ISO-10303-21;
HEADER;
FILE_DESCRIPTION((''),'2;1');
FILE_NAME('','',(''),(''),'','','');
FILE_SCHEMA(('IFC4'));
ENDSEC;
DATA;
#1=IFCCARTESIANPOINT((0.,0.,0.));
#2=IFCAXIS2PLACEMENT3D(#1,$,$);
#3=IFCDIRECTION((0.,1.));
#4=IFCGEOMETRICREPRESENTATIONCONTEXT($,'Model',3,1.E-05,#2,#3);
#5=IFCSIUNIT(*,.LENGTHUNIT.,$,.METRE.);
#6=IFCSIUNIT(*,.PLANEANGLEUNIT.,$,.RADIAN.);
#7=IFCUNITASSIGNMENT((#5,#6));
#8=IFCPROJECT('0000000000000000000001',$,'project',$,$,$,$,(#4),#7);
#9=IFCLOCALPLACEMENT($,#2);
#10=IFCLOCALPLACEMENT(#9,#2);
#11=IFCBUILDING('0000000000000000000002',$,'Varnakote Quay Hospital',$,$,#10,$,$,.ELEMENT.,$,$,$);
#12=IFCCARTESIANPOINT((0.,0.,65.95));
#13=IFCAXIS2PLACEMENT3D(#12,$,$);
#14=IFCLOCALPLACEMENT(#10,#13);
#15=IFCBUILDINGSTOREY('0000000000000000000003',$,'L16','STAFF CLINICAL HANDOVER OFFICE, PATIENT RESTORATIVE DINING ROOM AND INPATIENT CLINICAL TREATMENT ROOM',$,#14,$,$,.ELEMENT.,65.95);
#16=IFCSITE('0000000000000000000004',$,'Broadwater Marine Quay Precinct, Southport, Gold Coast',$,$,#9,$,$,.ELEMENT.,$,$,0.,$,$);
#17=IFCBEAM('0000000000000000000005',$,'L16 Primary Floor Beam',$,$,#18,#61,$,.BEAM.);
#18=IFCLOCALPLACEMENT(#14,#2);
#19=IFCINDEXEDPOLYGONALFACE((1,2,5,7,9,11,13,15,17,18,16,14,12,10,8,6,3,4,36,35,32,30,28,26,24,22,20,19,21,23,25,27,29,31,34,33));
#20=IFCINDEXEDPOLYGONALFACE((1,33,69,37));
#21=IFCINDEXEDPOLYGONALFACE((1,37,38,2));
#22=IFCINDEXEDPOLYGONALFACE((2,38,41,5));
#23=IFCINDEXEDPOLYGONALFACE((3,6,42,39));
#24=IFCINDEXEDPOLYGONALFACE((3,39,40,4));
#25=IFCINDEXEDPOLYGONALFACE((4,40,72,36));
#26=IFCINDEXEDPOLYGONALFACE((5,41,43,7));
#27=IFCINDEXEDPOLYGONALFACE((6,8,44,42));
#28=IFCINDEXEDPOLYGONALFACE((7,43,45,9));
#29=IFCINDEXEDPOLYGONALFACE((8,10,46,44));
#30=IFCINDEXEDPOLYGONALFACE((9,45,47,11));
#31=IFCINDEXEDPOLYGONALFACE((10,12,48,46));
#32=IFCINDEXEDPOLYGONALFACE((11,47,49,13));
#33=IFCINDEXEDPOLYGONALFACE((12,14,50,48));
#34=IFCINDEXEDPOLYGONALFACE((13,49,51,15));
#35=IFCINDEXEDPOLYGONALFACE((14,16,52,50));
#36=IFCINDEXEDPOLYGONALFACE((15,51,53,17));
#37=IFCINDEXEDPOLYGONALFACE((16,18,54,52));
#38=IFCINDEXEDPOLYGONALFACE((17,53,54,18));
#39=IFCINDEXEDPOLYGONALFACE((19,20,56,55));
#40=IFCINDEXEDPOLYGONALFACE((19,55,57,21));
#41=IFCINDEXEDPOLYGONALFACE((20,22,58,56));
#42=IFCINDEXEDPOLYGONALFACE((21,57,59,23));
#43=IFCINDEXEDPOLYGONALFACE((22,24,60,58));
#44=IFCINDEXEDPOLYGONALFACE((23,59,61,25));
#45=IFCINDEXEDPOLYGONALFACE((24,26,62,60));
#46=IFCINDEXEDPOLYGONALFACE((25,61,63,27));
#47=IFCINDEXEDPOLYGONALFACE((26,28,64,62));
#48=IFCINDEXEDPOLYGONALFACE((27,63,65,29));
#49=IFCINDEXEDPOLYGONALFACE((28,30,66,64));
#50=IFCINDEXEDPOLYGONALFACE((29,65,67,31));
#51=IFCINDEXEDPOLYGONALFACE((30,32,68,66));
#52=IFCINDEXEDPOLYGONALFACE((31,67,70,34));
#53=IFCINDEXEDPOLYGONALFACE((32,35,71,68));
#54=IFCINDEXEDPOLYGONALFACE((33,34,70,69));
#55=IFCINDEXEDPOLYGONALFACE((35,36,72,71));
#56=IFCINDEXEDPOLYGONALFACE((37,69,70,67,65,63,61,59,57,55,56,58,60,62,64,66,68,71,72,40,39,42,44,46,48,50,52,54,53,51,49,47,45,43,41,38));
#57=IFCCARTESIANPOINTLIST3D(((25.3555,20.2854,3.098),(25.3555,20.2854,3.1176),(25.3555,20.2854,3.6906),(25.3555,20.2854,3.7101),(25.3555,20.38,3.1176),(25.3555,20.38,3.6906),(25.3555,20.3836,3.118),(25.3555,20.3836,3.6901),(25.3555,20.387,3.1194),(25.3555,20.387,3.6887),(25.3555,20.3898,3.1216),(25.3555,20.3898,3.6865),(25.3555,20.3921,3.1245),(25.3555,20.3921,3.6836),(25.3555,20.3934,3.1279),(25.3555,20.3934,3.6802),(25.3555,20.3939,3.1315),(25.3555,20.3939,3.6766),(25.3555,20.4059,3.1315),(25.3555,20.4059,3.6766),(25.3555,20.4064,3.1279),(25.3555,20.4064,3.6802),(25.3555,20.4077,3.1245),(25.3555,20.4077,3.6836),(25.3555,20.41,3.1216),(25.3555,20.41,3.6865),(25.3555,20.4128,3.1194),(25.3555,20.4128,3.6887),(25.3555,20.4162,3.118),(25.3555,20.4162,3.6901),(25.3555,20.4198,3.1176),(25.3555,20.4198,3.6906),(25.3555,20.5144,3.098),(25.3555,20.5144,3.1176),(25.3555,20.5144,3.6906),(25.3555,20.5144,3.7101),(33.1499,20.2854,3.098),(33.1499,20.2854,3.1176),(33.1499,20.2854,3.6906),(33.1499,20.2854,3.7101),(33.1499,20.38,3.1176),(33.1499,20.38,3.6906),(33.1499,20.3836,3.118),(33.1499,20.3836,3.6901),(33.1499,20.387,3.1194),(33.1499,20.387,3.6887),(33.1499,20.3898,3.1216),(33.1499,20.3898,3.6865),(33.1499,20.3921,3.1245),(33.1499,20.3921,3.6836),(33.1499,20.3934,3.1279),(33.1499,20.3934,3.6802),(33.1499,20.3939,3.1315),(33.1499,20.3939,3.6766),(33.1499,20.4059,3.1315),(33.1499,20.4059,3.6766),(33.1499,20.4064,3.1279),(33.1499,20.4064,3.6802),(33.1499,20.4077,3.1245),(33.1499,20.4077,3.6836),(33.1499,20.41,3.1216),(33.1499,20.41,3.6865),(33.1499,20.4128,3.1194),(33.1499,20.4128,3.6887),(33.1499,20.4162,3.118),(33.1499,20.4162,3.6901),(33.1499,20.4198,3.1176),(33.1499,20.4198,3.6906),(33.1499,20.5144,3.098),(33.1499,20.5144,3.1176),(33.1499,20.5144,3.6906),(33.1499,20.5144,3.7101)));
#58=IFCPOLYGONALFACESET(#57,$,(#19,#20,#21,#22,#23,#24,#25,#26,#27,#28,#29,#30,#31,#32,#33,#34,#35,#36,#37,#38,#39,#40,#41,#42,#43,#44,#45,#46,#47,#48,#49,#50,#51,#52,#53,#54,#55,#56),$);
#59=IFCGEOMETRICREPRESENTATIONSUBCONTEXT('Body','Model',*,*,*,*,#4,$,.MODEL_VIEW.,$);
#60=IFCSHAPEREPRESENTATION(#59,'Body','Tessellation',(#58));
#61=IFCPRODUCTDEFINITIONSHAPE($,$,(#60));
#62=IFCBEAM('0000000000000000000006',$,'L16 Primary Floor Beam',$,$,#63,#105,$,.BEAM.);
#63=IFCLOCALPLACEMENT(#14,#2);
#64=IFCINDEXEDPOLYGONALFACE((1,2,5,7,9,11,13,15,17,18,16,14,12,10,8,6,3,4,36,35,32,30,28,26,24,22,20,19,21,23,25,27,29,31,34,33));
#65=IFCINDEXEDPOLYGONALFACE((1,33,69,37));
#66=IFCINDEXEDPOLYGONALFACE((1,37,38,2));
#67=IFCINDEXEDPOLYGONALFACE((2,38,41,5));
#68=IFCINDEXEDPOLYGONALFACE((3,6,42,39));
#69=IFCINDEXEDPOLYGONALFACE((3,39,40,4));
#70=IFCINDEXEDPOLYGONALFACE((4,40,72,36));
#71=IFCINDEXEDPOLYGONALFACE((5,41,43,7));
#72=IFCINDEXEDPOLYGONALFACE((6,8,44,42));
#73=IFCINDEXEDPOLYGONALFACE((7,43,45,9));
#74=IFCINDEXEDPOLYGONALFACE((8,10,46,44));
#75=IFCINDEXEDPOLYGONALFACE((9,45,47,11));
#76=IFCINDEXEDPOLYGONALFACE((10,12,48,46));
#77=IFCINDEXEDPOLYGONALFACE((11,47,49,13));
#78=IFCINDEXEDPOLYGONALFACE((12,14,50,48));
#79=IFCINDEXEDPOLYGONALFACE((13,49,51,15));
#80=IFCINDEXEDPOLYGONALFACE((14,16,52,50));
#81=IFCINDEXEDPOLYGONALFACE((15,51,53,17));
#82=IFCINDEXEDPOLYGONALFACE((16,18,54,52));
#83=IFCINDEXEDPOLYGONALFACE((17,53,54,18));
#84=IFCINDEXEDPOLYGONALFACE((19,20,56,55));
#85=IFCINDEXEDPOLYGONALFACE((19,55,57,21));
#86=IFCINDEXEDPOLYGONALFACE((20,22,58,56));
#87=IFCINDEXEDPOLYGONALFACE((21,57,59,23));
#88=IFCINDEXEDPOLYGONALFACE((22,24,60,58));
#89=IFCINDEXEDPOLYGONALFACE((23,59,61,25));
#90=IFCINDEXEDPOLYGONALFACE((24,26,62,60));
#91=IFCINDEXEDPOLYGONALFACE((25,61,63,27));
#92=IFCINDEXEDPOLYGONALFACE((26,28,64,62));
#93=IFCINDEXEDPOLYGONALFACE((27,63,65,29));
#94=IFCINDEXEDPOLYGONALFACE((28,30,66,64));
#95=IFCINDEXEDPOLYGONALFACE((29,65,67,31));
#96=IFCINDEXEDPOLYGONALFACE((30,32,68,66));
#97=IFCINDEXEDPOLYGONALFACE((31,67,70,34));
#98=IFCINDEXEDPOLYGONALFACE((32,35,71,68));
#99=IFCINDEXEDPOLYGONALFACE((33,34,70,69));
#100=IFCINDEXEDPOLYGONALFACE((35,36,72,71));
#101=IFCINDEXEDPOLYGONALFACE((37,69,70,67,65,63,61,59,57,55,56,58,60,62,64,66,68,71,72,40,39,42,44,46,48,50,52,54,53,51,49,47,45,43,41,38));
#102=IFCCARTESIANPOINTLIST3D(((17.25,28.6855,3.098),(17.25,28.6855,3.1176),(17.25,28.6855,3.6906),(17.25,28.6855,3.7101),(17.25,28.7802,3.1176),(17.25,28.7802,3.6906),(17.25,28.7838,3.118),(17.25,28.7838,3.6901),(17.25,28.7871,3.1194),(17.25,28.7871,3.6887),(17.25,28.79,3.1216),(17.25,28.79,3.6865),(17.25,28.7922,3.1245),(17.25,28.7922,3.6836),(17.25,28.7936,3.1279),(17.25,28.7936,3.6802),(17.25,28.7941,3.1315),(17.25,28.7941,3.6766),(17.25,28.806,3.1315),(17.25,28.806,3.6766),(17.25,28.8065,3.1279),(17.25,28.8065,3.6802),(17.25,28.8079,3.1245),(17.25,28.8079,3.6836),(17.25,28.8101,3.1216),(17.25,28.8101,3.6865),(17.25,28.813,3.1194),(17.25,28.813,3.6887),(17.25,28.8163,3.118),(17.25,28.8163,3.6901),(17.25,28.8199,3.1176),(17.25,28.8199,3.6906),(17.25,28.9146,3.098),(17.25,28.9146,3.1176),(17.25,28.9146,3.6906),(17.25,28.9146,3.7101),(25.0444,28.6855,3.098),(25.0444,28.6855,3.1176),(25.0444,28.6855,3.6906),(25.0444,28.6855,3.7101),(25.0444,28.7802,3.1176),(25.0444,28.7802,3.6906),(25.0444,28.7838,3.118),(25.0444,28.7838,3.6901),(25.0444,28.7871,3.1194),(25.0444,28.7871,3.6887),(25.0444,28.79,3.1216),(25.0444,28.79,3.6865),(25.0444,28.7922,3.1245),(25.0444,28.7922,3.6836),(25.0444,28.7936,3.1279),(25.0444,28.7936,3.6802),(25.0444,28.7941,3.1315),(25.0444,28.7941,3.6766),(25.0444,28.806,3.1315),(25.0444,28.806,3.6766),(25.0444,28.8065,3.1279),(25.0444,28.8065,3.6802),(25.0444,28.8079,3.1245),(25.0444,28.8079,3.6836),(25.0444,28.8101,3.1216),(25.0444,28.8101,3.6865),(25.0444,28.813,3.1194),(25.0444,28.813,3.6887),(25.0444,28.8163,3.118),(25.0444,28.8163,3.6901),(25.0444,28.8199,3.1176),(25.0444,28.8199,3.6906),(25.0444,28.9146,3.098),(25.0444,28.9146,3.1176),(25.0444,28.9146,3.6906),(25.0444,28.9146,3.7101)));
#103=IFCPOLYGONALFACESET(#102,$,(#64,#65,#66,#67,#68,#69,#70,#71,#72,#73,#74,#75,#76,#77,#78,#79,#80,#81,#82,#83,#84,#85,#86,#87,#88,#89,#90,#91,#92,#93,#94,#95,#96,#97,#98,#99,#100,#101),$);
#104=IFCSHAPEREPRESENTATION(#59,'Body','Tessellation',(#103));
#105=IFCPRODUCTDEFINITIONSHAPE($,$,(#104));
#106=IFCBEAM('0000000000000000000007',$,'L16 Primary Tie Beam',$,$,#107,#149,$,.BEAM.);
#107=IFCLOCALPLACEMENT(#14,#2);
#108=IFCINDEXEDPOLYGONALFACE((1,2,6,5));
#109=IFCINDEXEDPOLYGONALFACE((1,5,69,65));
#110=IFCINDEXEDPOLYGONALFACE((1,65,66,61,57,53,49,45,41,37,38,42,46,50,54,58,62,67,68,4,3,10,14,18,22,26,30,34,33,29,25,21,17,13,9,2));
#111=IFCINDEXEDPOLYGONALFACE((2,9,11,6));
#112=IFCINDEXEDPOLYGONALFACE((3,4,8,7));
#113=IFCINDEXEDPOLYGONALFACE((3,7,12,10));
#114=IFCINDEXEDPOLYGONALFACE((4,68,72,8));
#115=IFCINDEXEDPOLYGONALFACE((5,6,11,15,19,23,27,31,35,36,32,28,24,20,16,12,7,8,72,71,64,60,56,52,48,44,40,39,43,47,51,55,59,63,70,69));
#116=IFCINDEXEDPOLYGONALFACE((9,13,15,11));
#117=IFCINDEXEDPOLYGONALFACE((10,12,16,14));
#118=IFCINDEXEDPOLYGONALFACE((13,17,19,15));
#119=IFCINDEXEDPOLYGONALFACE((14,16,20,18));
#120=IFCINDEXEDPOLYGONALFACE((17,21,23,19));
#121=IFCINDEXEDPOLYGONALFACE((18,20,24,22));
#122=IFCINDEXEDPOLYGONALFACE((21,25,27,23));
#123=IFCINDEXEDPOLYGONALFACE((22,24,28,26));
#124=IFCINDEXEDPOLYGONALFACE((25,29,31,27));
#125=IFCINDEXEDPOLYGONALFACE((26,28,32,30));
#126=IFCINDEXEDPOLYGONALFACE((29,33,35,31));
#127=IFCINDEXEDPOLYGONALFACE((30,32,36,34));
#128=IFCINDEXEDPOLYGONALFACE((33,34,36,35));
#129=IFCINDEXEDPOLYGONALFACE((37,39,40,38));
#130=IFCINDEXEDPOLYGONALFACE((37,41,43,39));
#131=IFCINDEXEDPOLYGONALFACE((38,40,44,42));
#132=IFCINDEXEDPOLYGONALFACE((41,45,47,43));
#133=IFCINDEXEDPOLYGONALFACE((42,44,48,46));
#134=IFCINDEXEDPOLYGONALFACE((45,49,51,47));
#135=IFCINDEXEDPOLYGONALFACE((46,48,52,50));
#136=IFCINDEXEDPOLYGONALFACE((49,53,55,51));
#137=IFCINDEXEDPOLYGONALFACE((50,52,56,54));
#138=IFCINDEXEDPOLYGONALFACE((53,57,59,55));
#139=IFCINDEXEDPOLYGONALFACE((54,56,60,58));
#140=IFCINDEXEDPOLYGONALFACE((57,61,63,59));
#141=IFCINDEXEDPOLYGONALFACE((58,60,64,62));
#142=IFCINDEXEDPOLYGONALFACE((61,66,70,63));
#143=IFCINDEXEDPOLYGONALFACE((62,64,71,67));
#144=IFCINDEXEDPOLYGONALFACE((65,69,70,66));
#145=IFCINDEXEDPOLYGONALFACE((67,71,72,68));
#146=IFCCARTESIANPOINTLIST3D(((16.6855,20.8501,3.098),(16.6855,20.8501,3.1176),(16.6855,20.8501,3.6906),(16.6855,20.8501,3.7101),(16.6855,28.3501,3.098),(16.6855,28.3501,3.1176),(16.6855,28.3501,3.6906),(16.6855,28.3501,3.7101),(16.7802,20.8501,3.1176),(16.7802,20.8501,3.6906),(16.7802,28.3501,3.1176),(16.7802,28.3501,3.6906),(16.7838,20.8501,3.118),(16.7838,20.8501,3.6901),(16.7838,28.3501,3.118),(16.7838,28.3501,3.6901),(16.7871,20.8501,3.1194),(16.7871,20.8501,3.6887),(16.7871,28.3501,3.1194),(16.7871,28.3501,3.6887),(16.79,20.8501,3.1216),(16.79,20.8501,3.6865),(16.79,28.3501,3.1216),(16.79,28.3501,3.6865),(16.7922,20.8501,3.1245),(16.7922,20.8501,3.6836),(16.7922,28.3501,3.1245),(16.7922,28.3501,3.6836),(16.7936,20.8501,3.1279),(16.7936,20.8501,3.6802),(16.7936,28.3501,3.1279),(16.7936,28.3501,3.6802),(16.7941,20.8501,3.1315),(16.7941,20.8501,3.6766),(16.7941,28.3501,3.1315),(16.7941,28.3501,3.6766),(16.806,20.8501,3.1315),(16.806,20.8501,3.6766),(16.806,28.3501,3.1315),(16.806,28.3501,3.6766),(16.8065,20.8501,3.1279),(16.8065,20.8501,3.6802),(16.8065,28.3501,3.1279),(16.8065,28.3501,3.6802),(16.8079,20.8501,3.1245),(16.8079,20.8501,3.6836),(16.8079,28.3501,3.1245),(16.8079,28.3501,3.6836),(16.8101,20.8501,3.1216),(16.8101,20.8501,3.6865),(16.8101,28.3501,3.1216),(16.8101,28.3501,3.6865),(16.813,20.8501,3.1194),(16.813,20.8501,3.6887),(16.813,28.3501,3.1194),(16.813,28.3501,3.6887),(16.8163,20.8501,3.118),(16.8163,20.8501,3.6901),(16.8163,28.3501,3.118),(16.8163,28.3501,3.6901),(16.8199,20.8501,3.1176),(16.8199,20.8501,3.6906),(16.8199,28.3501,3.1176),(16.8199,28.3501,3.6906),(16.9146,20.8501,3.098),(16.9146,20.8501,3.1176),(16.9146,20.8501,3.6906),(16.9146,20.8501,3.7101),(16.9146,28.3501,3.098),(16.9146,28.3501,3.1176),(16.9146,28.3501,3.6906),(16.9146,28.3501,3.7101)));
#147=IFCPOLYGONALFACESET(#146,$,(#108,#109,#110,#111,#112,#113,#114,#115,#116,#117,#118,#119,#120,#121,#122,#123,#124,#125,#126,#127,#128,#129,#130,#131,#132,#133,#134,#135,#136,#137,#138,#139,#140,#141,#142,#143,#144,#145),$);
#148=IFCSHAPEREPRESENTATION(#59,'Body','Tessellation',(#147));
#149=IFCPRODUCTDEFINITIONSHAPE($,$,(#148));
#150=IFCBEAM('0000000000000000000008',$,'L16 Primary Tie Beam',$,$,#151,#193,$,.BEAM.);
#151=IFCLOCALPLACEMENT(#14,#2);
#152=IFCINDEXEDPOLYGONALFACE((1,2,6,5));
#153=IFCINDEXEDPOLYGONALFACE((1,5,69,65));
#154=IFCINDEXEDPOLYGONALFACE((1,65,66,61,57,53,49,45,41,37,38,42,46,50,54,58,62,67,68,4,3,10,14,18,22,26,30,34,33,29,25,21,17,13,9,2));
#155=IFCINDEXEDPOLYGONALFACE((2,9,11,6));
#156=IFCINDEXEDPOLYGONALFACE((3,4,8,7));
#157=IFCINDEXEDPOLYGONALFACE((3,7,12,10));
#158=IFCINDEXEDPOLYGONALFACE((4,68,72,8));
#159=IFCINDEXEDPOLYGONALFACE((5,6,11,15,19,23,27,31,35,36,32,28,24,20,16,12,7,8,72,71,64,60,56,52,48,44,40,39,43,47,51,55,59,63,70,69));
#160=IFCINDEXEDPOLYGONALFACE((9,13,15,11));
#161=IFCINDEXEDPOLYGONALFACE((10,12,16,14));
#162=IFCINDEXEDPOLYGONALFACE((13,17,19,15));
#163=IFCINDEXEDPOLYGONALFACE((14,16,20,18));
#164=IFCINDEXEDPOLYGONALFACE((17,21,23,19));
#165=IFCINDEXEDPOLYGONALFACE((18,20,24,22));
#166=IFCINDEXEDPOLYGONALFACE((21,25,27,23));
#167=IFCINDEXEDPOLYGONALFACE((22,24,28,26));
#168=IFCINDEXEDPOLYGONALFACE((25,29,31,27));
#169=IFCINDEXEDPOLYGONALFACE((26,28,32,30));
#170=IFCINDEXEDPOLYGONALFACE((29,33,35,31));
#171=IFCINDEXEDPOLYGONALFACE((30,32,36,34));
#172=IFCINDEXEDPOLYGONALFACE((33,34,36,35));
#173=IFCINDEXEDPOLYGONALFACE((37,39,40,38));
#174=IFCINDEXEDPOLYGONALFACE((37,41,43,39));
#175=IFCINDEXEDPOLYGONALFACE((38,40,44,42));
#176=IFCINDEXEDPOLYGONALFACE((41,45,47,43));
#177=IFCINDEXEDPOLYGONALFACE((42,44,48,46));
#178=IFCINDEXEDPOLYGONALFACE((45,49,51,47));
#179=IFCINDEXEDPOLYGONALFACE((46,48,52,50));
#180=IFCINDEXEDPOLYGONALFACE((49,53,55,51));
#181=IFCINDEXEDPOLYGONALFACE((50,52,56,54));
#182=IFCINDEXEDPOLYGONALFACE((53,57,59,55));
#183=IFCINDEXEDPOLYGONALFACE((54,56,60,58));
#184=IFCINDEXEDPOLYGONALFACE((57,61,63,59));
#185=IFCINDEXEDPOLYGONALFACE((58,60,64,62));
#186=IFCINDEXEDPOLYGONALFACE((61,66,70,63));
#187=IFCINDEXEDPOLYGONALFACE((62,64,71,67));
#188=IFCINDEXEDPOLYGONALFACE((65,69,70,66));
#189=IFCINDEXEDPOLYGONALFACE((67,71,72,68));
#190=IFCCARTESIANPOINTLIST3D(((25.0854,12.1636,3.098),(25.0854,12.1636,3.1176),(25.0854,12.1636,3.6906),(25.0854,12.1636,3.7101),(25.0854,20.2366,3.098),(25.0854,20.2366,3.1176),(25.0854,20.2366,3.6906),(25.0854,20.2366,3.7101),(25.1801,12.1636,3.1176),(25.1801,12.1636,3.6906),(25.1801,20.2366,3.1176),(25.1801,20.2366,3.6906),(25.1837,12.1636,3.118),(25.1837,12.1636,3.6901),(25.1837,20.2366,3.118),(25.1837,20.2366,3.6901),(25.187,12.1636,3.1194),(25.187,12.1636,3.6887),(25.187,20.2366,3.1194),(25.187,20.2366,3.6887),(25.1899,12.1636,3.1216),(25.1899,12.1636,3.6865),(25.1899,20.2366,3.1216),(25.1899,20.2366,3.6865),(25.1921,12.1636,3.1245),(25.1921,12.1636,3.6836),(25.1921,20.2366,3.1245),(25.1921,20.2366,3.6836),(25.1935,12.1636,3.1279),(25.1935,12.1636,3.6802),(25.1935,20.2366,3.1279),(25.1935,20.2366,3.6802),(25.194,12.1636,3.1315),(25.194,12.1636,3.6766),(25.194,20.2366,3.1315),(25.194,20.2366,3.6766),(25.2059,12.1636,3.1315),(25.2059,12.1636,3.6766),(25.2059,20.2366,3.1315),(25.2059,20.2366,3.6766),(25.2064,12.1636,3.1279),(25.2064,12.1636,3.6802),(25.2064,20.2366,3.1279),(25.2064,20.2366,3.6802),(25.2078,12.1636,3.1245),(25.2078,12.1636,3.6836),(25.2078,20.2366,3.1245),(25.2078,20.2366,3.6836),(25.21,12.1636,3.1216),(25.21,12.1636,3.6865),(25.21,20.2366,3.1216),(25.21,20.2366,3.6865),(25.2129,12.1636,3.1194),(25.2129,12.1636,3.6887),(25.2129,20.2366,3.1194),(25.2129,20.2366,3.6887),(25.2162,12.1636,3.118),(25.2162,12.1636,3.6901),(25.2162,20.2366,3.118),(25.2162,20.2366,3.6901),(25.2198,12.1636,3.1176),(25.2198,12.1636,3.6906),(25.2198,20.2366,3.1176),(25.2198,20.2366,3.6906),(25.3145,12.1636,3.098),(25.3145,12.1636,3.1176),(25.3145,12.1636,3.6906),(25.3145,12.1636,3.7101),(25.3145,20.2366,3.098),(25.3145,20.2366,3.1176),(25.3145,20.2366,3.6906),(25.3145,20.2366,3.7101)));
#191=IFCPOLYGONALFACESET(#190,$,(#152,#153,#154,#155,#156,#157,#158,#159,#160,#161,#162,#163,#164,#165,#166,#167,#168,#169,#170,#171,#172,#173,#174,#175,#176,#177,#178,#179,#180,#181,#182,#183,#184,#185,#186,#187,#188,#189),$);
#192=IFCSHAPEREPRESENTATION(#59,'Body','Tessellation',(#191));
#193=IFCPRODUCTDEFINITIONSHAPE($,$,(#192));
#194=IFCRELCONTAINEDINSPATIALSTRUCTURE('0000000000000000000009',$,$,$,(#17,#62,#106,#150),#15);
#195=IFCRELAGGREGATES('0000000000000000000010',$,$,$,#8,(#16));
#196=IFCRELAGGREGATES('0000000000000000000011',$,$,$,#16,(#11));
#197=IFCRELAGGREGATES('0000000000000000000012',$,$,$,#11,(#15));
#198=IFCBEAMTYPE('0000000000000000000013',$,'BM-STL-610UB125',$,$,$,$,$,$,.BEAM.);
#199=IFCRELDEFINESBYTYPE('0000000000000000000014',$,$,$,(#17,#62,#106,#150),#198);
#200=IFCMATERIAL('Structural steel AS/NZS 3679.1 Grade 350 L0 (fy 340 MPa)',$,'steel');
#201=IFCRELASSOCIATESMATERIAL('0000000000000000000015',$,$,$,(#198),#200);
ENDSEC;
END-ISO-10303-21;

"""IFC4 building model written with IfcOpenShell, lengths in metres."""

from ifc_helpers import new_model, si_unit, direction, frame, origin, origin_2d, place, context, subcontext, project, spatial, i_section, extrude, material, material_profile, profile_set, type_object, element, save


model = new_model("IFC4")

# Units and contexts
model_context = context("Model", 3, precision=1e-05, world=origin(), true_north=direction((0.0, 1.0)))
body_context = subcontext(model_context, "Body", "Model", "MODEL_VIEW")
ifc_project = project(units=[si_unit("LENGTHUNIT", "METRE"), si_unit("PLANEANGLEUNIT", "RADIAN")], contexts=[model_context])

# Site, building, storey
site_placement = place(None, origin())
site = spatial("IfcSite", under=ifc_project, at=site_placement, Name="Broadwater Marine Quay Precinct, Southport, Gold Coast", CompositionType="ELEMENT", RefElevation=0.0)
building_placement = place(site_placement, origin())
building = spatial("IfcBuilding", under=site, at=building_placement, Name="Varnakote Quay Hospital", CompositionType="ELEMENT")
storey_placement = place(building_placement, frame((0.0, 0.0, 65.95)))
storey = spatial("IfcBuildingStorey", under=building, at=storey_placement, Name="L16", Description="STAFF CLINICAL HANDOVER OFFICE, PATIENT RESTORATIVE DINING ROOM AND INPATIENT CLINICAL TREATMENT ROOM", CompositionType="ELEMENT", Elevation=65.95)

# Beams
ifc_material_1 = material(Name="Structural steel AS/NZS 3679.1 Grade 350 L0 (fy 340 MPa)", Category="steel")
ifc_material_profile_1 = material_profile(ifc_material_1, i_section(OverallWidth=0.229, OverallDepth=0.6121, WebThickness=0.012, FlangeThickness=0.0195, FilletRadius=0.0139, at=origin_2d()), Name="610UB125")
ifc_profile_set_1 = profile_set([ifc_material_profile_1], Name="Structural steel AS/NZS 3679.1 Grade 350 L0 (fy 340 MPa)")
beam_type_1 = type_object("IfcBeamType", Name="BM-STL-610UB125", PredefinedType="BEAM", material=ifc_profile_set_1)
for number, where, z_axis, x_axis, name in (
    (1, (25.3555, 20.3999, 3.4041), (1.0, 0.0, 0.0), (0.0, 1.0, 0.0), "L16 Primary Floor Beam"),
    (2, (17.25, 28.8, 3.4041), (1.0, 0.0, 0.0), (0.0, 1.0, 0.0), "L16 Primary Floor Beam"),
):
    element("IfcBeam", number, at=place(storey_placement, frame(where, z_axis=z_axis, x_axis=x_axis)), inside=storey, type_object=beam_type_1, Name=name, PredefinedType="BEAM", context=body_context, shape_type="SweptSolid", body=[
        extrude(i_section(OverallWidth=0.229, OverallDepth=0.6121, WebThickness=0.012, FlangeThickness=0.0195, FilletRadius=0.0139, at=origin_2d()), origin(), (0.0, 0.0, 1.0), 7.7944),
    ])
beam_1_placement = place(storey_placement, frame((16.8, 20.8501, 3.4041), z_axis=(0.0, 1.0, 0.0), x_axis=(-1.0, 0.0, 0.0)))
element("IfcBeam", 3, at=beam_1_placement, inside=storey, type_object=beam_type_1, Name="L16 Primary Tie Beam", PredefinedType="BEAM", context=body_context, shape_type="SweptSolid", body=[
    extrude(i_section(OverallWidth=0.229, OverallDepth=0.6121, WebThickness=0.012, FlangeThickness=0.0195, FilletRadius=0.0139, at=origin_2d()), origin(), (0.0, 0.0, 1.0), 7.5),
])
for number, where, z_axis, x_axis, name in (
    (4, (25.2, 12.1636, 3.4041), (0.0, 1.0, 0.0), (-1.0, 0.0, 0.0), "L16 Primary Tie Beam"),
):
    element("IfcBeam", number, at=place(storey_placement, frame(where, z_axis=z_axis, x_axis=x_axis)), inside=storey, type_object=beam_type_1, Name=name, PredefinedType="BEAM", context=body_context, shape_type="SweptSolid", body=[
        extrude(i_section(OverallWidth=0.229, OverallDepth=0.6121, WebThickness=0.012, FlangeThickness=0.0195, FilletRadius=0.0139, at=origin_2d()), origin(), (0.0, 0.0, 1.0), 8.073),
    ])

save(model, "model.ifc")
